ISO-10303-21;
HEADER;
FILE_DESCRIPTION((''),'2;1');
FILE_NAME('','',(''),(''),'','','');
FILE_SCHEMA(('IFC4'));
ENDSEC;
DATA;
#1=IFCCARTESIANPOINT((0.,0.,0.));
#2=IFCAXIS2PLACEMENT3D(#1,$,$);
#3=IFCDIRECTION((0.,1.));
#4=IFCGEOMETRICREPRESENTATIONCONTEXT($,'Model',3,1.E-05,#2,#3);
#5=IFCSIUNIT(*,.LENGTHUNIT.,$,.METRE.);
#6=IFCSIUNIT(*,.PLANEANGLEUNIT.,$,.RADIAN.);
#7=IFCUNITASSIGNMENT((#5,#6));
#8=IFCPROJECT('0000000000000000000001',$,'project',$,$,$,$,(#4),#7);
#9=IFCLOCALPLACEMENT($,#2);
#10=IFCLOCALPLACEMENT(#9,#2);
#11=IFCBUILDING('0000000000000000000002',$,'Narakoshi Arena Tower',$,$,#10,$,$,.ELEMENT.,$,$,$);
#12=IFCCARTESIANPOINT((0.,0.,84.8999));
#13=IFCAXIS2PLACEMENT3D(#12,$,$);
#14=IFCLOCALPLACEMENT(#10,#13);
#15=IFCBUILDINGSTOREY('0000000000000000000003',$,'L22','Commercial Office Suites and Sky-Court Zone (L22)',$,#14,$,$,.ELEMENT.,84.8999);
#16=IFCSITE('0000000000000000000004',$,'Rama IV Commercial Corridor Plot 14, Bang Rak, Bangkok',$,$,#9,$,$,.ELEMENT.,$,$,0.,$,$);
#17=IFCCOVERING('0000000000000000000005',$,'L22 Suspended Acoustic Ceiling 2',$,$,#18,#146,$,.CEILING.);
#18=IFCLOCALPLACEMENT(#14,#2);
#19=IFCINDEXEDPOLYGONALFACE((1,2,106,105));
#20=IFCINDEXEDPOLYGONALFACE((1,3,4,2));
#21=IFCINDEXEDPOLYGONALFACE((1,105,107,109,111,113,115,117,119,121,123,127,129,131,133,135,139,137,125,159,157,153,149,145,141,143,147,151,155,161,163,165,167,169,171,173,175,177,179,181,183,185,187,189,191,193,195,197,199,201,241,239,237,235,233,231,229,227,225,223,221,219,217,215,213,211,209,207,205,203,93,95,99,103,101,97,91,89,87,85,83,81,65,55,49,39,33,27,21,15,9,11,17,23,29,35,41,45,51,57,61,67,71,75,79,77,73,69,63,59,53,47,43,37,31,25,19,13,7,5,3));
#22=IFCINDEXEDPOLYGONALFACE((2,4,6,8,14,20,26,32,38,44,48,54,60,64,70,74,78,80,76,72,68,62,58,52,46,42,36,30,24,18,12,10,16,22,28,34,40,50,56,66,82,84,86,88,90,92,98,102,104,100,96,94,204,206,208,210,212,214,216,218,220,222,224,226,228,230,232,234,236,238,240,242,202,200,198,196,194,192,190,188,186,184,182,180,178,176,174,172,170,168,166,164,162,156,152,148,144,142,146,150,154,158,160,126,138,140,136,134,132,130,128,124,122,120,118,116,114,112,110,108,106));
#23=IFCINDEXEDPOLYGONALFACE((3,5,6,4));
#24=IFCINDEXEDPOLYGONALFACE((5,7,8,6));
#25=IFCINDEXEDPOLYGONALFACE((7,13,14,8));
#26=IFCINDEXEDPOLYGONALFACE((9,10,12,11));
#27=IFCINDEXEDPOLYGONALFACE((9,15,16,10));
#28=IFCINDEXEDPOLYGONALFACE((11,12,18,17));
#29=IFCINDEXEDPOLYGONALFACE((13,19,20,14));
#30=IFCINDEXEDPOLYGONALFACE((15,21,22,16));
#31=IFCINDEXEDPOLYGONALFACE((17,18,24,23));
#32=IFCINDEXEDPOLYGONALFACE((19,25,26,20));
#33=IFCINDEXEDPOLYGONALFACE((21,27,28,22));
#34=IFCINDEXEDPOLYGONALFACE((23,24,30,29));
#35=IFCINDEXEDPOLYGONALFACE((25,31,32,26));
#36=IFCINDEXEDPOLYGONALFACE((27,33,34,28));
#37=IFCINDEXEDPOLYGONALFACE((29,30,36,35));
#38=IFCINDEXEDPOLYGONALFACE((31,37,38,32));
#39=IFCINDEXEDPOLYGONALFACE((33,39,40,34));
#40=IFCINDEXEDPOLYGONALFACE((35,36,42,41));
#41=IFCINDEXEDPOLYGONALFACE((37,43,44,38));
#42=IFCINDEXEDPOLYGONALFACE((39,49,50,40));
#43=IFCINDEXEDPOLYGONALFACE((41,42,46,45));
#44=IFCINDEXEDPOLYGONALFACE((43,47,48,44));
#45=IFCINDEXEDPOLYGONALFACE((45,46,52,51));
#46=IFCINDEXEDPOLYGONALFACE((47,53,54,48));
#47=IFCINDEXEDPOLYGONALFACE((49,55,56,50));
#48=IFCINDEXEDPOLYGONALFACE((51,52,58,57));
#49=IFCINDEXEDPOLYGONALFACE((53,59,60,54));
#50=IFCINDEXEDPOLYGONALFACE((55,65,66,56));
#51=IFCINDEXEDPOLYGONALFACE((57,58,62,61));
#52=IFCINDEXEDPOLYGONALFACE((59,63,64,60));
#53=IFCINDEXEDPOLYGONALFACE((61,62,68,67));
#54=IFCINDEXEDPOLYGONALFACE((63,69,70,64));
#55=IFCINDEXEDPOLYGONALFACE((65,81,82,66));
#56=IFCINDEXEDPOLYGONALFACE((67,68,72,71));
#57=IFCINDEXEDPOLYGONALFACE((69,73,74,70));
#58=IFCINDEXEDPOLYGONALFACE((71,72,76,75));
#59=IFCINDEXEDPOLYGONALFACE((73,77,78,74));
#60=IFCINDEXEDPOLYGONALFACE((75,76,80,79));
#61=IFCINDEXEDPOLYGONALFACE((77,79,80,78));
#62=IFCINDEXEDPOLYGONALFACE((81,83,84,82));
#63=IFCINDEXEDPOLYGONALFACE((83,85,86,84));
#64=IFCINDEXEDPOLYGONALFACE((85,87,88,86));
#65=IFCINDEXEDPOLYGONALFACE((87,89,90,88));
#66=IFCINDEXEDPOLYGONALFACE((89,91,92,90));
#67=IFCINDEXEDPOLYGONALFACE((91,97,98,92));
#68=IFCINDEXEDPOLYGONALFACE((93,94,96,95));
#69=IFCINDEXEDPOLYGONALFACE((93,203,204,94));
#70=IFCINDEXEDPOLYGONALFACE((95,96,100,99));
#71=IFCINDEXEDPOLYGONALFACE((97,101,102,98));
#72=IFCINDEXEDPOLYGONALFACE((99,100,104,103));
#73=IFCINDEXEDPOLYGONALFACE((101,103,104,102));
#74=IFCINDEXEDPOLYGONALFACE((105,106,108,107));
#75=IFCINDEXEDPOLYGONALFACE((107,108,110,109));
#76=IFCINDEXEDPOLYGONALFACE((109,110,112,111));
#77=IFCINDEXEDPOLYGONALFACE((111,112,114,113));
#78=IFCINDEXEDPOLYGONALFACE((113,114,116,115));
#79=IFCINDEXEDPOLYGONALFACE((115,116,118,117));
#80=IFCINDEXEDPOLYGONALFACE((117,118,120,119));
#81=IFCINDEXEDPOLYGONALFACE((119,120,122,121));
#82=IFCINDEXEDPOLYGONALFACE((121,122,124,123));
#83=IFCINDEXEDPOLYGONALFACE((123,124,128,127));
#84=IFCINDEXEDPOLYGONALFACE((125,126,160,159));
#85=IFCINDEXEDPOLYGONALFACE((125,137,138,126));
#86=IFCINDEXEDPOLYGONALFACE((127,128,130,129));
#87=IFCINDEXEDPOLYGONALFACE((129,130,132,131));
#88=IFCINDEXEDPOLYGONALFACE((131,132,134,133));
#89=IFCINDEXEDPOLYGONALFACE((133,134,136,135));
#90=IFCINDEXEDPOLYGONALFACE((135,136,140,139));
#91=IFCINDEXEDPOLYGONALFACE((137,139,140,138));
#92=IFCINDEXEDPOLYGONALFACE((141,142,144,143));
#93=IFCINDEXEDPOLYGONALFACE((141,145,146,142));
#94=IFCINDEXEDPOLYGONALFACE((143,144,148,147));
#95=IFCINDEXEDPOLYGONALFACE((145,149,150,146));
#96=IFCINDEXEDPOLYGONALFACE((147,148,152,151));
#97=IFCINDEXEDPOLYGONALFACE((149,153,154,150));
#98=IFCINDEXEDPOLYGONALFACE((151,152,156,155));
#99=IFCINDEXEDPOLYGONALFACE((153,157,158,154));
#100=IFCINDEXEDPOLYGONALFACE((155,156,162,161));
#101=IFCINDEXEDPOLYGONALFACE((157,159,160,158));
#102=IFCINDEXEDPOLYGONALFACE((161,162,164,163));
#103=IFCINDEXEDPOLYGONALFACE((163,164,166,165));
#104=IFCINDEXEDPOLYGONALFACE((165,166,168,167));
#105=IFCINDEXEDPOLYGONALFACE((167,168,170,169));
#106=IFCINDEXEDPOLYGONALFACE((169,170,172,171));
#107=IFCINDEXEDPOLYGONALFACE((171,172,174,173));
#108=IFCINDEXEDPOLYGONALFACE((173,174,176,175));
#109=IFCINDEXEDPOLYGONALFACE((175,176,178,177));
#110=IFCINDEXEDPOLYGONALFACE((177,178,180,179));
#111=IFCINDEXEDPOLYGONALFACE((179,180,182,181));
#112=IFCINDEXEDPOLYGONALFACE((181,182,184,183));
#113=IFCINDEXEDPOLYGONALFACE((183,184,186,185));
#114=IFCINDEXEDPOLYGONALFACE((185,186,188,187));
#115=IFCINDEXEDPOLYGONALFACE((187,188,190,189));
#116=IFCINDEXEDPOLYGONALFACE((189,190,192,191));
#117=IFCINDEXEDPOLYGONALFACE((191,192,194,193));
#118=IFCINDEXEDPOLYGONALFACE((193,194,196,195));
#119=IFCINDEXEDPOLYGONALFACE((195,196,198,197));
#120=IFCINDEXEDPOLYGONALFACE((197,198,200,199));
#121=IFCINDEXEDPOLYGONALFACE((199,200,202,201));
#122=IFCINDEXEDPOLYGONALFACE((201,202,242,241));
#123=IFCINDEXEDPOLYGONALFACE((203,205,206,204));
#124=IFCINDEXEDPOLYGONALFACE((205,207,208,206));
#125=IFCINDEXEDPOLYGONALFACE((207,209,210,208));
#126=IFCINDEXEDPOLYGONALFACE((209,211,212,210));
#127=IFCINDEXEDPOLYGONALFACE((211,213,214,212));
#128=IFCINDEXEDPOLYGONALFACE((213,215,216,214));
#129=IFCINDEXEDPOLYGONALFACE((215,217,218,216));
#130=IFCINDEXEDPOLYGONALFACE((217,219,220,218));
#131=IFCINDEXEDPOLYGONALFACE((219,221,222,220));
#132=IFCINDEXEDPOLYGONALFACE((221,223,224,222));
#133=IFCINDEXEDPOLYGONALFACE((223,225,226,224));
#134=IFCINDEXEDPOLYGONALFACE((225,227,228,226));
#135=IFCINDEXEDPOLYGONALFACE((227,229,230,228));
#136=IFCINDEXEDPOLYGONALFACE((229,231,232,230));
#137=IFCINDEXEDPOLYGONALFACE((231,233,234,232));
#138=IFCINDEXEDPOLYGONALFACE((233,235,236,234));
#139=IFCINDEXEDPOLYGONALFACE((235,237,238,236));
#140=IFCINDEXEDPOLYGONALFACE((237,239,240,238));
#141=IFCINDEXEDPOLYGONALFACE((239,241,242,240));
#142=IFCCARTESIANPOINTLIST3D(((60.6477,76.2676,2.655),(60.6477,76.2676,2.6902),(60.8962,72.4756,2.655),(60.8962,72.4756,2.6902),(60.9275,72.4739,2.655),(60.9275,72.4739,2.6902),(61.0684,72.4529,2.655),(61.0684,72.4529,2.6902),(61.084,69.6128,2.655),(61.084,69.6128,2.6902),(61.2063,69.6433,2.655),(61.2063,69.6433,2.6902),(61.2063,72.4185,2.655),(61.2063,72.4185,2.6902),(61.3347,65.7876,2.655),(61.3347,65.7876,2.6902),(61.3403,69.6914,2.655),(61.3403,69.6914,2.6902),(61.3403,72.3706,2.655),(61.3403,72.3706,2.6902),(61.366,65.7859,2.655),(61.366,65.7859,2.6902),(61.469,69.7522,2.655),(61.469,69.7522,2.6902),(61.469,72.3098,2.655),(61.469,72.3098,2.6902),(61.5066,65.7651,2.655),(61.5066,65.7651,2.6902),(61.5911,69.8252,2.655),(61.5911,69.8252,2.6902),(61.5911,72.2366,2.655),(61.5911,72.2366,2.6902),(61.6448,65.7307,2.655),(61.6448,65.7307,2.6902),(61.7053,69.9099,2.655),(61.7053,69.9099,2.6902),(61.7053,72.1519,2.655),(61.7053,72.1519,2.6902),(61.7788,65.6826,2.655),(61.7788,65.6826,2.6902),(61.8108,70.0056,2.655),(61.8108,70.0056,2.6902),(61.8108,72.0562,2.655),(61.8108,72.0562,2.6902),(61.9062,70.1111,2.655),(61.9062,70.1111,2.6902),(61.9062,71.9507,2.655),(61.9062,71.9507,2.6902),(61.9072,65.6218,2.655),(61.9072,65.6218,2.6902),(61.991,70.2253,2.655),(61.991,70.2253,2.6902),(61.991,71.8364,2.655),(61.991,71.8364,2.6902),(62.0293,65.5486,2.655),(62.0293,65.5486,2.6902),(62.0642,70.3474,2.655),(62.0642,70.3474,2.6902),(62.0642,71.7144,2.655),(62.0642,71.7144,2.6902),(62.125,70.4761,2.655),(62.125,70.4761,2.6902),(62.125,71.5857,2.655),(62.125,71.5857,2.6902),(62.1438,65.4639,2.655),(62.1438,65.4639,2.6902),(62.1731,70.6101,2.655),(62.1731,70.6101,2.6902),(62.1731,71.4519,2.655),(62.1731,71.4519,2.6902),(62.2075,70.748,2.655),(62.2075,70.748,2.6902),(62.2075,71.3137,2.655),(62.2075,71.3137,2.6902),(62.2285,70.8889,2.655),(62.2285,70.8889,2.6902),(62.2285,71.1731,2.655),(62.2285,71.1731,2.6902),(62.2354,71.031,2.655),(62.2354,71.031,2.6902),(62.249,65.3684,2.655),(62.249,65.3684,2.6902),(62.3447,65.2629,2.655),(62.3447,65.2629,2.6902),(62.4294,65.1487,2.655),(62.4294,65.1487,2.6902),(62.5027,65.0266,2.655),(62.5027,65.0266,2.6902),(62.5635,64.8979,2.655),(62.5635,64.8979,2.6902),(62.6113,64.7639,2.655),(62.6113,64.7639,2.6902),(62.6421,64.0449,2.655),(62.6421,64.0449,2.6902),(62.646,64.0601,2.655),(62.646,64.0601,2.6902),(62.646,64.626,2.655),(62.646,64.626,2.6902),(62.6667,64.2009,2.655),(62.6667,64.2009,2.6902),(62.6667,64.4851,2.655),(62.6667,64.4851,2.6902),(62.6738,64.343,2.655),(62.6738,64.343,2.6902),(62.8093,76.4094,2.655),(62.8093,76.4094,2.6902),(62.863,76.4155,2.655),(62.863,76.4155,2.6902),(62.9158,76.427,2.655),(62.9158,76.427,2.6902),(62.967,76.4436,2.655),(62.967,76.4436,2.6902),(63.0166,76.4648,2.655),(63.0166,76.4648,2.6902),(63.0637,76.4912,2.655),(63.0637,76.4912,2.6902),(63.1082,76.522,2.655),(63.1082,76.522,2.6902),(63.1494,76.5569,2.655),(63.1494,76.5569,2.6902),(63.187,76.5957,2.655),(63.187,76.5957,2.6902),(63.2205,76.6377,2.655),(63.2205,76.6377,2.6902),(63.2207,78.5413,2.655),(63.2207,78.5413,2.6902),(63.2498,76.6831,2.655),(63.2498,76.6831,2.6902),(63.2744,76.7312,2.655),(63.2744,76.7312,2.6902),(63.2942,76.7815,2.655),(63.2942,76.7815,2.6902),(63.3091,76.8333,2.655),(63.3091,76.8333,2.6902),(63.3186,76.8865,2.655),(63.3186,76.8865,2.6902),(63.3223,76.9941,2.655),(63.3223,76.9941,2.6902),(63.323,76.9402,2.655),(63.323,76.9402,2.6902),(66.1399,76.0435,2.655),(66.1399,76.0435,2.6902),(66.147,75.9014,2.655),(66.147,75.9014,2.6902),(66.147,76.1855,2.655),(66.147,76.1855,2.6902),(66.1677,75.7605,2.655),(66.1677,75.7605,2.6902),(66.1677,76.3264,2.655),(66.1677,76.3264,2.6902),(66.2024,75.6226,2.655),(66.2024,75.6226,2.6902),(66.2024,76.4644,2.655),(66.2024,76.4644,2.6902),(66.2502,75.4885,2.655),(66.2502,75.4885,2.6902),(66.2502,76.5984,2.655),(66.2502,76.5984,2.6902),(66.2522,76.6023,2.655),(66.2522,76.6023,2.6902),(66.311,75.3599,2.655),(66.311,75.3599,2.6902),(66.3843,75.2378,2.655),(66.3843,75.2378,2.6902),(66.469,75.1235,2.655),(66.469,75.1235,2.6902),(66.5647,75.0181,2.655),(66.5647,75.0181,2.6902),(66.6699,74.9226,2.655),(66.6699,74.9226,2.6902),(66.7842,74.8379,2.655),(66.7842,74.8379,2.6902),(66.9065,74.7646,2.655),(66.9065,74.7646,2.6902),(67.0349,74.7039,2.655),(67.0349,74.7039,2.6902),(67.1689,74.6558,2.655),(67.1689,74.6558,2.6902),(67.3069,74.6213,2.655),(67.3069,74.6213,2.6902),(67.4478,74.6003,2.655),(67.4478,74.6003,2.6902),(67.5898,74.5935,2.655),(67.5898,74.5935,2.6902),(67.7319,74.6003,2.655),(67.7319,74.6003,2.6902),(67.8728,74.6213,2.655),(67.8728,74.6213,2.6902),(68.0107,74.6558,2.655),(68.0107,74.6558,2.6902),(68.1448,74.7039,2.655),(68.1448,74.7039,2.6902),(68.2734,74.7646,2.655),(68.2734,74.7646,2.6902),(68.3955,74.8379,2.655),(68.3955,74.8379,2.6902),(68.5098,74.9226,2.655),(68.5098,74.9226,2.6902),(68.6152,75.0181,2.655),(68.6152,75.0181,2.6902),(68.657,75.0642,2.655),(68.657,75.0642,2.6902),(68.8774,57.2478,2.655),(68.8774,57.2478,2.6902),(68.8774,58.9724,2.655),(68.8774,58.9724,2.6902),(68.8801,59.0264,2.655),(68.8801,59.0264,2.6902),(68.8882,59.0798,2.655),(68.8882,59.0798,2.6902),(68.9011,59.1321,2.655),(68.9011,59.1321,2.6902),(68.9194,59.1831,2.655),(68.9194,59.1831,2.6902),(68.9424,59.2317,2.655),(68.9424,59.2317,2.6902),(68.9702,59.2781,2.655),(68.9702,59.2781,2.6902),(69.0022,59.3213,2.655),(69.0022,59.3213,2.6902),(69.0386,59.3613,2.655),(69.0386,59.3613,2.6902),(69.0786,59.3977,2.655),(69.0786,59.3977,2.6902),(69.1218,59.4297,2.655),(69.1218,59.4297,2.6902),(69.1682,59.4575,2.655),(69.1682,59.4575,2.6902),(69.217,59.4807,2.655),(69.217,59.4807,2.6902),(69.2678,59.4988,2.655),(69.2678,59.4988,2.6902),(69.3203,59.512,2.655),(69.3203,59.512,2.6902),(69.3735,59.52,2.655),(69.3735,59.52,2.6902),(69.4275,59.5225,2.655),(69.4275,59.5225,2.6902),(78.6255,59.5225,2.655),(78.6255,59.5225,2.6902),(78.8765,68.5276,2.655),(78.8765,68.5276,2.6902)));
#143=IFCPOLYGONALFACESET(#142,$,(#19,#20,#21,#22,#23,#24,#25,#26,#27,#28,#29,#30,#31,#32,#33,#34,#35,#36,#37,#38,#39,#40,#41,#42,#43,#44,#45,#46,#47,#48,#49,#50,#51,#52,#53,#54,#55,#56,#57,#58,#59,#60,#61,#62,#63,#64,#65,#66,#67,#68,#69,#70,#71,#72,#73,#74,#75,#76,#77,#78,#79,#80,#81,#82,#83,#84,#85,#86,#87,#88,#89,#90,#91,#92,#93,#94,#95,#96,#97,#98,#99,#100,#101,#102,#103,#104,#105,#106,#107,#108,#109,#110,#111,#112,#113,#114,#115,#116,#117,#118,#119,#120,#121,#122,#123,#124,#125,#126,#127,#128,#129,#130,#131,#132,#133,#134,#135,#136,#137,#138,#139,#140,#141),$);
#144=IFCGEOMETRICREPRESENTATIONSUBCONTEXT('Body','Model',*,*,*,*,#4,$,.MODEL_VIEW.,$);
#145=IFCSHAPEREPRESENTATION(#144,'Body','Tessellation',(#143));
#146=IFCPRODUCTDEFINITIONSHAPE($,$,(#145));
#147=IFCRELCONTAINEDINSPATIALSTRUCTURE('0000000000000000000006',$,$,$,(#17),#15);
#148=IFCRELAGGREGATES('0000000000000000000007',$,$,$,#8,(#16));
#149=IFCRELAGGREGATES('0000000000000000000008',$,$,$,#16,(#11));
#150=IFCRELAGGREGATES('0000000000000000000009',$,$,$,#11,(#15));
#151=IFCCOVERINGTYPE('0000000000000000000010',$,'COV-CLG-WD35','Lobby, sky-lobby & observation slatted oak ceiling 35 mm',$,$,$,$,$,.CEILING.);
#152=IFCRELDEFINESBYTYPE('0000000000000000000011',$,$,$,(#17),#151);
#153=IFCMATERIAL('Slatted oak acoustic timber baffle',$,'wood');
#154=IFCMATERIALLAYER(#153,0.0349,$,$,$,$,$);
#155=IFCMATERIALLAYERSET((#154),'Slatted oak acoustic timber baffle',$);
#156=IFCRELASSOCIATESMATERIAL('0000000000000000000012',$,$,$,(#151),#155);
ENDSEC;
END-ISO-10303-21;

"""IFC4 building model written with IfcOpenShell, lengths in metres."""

from ifc_helpers import new_model, si_unit, direction, frame, origin, place, context, subcontext, project, spatial, polyline, outline, extrude, material, layer, layer_set, type_object, element, save


model = new_model("IFC4")

# Units and contexts
model_context = context("Model", 3, precision=1e-05, world=origin(), true_north=direction((0.0, 1.0)))
body_context = subcontext(model_context, "Body", "Model", "MODEL_VIEW")
ifc_project = project(units=[si_unit("LENGTHUNIT", "METRE"), si_unit("PLANEANGLEUNIT", "RADIAN")], contexts=[model_context])

# Site, building, storey
site_placement = place(None, origin())
site = spatial("IfcSite", under=ifc_project, at=site_placement, Name="Rama IV Commercial Corridor Plot 14, Bang Rak, Bangkok", CompositionType="ELEMENT", RefElevation=0.0)
building_placement = place(site_placement, origin())
building = spatial("IfcBuilding", under=site, at=building_placement, Name="Narakoshi Arena Tower", CompositionType="ELEMENT")
storey_placement = place(building_placement, frame((0.0, 0.0, 84.8999)))
storey = spatial("IfcBuildingStorey", under=building, at=storey_placement, Name="L22", Description="Commercial Office Suites and Sky-Court Zone (L22)", CompositionType="ELEMENT", Elevation=84.8999)

# Covering
ifc_material_1 = material(Name="Slatted oak acoustic timber baffle", Category="wood")
ifc_layer_1 = layer(ifc_material_1, 0.0349)
ifc_layer_set_1 = layer_set([ifc_layer_1], Name="Slatted oak acoustic timber baffle")
covering_type_1 = type_object("IfcCoveringType", Name="COV-CLG-WD35", Description="Lobby, sky-lobby & observation slatted oak ceiling 35 mm", PredefinedType="CEILING", material=ifc_layer_set_1)
covering_1_placement = place(storey_placement, frame((0.0, 0.0, 2.655)))
element("IfcCovering", 1, at=covering_1_placement, inside=storey, type_object=covering_type_1, Name="L22 Suspended Acoustic Ceiling 2", PredefinedType="CEILING", context=body_context, shape_type="SweptSolid", body=[
    extrude(outline(polyline([(62.8093, 76.4094), (62.863, 76.4155), (62.9158, 76.427), (62.967, 76.4436), (63.0166, 76.4648), (63.0637, 76.4912), (63.1082, 76.522), (63.1494, 76.5569), (63.187, 76.5957), (63.2205, 76.6377), (63.2498, 76.6831), (63.2744, 76.7312), (63.2942, 76.7815), (63.3091, 76.8333), (63.3186, 76.8865), (63.323, 76.9402), (63.3223, 76.9941), (63.2207, 78.5413), (66.2522, 76.6023), (66.2502, 76.5984), (66.2024, 76.4644), (66.1677, 76.3264), (66.147, 76.1855), (66.1399, 76.0435), (66.147, 75.9014), (66.1677, 75.7605), (66.2024, 75.6226), (66.2502, 75.4885), (66.311, 75.3599), (66.3843, 75.2378), (66.469, 75.1235), (66.5647, 75.0181), (66.6699, 74.9226), (66.7842, 74.8379), (66.9065, 74.7646), (67.0349, 74.7039), (67.1689, 74.6558), (67.3069, 74.6213), (67.4478, 74.6003), (67.5898, 74.5935), (67.7319, 74.6003), (67.8728, 74.6213), (68.0107, 74.6558), (68.1448, 74.7039), (68.2734, 74.7646), (68.3955, 74.8379), (68.5098, 74.9226), (68.6152, 75.0181), (68.657, 75.0642), (78.8765, 68.5276), (78.6255, 59.5225), (69.4275, 59.5225), (69.3735, 59.52), (69.3203, 59.512), (69.2678, 59.4988), (69.217, 59.4807), (69.1682, 59.4575), (69.1218, 59.4297), (69.0786, 59.3977), (69.0386, 59.3613), (69.0022, 59.3213), (68.9702, 59.2781), (68.9424, 59.2317), (68.9194, 59.1831), (68.9011, 59.1321), (68.8882, 59.0798), (68.8801, 59.0264), (68.8774, 58.9724), (68.8774, 57.2478), (62.6421, 64.0449), (62.646, 64.0601), (62.6667, 64.2009), (62.6738, 64.343), (62.6667, 64.4851), (62.646, 64.626), (62.6113, 64.7639), (62.5635, 64.8979), (62.5027, 65.0266), (62.4294, 65.1487), (62.3447, 65.2629), (62.249, 65.3684), (62.1438, 65.4639), (62.0293, 65.5486), (61.9072, 65.6218), (61.7788, 65.6826), (61.6448, 65.7307), (61.5066, 65.7651), (61.366, 65.7859), (61.3347, 65.7876), (61.084, 69.6128), (61.2063, 69.6433), (61.3403, 69.6914), (61.469, 69.7522), (61.5911, 69.8252), (61.7053, 69.9099), (61.8108, 70.0056), (61.9062, 70.1111), (61.991, 70.2253), (62.0642, 70.3474), (62.125, 70.4761), (62.1731, 70.6101), (62.2075, 70.748), (62.2285, 70.8889), (62.2354, 71.031), (62.2285, 71.1731), (62.2075, 71.3137), (62.1731, 71.4519), (62.125, 71.5857), (62.0642, 71.7144), (61.991, 71.8364), (61.9062, 71.9507), (61.8108, 72.0562), (61.7053, 72.1519), (61.5911, 72.2366), (61.469, 72.3098), (61.3403, 72.3706), (61.2063, 72.4185), (61.0684, 72.4529), (60.9275, 72.4739), (60.8962, 72.4756), (60.6477, 76.2676), (62.8093, 76.4094)])), origin(), (0.0, 0.0, 1.0), 0.0352),
])

save(model, "model.ifc")
